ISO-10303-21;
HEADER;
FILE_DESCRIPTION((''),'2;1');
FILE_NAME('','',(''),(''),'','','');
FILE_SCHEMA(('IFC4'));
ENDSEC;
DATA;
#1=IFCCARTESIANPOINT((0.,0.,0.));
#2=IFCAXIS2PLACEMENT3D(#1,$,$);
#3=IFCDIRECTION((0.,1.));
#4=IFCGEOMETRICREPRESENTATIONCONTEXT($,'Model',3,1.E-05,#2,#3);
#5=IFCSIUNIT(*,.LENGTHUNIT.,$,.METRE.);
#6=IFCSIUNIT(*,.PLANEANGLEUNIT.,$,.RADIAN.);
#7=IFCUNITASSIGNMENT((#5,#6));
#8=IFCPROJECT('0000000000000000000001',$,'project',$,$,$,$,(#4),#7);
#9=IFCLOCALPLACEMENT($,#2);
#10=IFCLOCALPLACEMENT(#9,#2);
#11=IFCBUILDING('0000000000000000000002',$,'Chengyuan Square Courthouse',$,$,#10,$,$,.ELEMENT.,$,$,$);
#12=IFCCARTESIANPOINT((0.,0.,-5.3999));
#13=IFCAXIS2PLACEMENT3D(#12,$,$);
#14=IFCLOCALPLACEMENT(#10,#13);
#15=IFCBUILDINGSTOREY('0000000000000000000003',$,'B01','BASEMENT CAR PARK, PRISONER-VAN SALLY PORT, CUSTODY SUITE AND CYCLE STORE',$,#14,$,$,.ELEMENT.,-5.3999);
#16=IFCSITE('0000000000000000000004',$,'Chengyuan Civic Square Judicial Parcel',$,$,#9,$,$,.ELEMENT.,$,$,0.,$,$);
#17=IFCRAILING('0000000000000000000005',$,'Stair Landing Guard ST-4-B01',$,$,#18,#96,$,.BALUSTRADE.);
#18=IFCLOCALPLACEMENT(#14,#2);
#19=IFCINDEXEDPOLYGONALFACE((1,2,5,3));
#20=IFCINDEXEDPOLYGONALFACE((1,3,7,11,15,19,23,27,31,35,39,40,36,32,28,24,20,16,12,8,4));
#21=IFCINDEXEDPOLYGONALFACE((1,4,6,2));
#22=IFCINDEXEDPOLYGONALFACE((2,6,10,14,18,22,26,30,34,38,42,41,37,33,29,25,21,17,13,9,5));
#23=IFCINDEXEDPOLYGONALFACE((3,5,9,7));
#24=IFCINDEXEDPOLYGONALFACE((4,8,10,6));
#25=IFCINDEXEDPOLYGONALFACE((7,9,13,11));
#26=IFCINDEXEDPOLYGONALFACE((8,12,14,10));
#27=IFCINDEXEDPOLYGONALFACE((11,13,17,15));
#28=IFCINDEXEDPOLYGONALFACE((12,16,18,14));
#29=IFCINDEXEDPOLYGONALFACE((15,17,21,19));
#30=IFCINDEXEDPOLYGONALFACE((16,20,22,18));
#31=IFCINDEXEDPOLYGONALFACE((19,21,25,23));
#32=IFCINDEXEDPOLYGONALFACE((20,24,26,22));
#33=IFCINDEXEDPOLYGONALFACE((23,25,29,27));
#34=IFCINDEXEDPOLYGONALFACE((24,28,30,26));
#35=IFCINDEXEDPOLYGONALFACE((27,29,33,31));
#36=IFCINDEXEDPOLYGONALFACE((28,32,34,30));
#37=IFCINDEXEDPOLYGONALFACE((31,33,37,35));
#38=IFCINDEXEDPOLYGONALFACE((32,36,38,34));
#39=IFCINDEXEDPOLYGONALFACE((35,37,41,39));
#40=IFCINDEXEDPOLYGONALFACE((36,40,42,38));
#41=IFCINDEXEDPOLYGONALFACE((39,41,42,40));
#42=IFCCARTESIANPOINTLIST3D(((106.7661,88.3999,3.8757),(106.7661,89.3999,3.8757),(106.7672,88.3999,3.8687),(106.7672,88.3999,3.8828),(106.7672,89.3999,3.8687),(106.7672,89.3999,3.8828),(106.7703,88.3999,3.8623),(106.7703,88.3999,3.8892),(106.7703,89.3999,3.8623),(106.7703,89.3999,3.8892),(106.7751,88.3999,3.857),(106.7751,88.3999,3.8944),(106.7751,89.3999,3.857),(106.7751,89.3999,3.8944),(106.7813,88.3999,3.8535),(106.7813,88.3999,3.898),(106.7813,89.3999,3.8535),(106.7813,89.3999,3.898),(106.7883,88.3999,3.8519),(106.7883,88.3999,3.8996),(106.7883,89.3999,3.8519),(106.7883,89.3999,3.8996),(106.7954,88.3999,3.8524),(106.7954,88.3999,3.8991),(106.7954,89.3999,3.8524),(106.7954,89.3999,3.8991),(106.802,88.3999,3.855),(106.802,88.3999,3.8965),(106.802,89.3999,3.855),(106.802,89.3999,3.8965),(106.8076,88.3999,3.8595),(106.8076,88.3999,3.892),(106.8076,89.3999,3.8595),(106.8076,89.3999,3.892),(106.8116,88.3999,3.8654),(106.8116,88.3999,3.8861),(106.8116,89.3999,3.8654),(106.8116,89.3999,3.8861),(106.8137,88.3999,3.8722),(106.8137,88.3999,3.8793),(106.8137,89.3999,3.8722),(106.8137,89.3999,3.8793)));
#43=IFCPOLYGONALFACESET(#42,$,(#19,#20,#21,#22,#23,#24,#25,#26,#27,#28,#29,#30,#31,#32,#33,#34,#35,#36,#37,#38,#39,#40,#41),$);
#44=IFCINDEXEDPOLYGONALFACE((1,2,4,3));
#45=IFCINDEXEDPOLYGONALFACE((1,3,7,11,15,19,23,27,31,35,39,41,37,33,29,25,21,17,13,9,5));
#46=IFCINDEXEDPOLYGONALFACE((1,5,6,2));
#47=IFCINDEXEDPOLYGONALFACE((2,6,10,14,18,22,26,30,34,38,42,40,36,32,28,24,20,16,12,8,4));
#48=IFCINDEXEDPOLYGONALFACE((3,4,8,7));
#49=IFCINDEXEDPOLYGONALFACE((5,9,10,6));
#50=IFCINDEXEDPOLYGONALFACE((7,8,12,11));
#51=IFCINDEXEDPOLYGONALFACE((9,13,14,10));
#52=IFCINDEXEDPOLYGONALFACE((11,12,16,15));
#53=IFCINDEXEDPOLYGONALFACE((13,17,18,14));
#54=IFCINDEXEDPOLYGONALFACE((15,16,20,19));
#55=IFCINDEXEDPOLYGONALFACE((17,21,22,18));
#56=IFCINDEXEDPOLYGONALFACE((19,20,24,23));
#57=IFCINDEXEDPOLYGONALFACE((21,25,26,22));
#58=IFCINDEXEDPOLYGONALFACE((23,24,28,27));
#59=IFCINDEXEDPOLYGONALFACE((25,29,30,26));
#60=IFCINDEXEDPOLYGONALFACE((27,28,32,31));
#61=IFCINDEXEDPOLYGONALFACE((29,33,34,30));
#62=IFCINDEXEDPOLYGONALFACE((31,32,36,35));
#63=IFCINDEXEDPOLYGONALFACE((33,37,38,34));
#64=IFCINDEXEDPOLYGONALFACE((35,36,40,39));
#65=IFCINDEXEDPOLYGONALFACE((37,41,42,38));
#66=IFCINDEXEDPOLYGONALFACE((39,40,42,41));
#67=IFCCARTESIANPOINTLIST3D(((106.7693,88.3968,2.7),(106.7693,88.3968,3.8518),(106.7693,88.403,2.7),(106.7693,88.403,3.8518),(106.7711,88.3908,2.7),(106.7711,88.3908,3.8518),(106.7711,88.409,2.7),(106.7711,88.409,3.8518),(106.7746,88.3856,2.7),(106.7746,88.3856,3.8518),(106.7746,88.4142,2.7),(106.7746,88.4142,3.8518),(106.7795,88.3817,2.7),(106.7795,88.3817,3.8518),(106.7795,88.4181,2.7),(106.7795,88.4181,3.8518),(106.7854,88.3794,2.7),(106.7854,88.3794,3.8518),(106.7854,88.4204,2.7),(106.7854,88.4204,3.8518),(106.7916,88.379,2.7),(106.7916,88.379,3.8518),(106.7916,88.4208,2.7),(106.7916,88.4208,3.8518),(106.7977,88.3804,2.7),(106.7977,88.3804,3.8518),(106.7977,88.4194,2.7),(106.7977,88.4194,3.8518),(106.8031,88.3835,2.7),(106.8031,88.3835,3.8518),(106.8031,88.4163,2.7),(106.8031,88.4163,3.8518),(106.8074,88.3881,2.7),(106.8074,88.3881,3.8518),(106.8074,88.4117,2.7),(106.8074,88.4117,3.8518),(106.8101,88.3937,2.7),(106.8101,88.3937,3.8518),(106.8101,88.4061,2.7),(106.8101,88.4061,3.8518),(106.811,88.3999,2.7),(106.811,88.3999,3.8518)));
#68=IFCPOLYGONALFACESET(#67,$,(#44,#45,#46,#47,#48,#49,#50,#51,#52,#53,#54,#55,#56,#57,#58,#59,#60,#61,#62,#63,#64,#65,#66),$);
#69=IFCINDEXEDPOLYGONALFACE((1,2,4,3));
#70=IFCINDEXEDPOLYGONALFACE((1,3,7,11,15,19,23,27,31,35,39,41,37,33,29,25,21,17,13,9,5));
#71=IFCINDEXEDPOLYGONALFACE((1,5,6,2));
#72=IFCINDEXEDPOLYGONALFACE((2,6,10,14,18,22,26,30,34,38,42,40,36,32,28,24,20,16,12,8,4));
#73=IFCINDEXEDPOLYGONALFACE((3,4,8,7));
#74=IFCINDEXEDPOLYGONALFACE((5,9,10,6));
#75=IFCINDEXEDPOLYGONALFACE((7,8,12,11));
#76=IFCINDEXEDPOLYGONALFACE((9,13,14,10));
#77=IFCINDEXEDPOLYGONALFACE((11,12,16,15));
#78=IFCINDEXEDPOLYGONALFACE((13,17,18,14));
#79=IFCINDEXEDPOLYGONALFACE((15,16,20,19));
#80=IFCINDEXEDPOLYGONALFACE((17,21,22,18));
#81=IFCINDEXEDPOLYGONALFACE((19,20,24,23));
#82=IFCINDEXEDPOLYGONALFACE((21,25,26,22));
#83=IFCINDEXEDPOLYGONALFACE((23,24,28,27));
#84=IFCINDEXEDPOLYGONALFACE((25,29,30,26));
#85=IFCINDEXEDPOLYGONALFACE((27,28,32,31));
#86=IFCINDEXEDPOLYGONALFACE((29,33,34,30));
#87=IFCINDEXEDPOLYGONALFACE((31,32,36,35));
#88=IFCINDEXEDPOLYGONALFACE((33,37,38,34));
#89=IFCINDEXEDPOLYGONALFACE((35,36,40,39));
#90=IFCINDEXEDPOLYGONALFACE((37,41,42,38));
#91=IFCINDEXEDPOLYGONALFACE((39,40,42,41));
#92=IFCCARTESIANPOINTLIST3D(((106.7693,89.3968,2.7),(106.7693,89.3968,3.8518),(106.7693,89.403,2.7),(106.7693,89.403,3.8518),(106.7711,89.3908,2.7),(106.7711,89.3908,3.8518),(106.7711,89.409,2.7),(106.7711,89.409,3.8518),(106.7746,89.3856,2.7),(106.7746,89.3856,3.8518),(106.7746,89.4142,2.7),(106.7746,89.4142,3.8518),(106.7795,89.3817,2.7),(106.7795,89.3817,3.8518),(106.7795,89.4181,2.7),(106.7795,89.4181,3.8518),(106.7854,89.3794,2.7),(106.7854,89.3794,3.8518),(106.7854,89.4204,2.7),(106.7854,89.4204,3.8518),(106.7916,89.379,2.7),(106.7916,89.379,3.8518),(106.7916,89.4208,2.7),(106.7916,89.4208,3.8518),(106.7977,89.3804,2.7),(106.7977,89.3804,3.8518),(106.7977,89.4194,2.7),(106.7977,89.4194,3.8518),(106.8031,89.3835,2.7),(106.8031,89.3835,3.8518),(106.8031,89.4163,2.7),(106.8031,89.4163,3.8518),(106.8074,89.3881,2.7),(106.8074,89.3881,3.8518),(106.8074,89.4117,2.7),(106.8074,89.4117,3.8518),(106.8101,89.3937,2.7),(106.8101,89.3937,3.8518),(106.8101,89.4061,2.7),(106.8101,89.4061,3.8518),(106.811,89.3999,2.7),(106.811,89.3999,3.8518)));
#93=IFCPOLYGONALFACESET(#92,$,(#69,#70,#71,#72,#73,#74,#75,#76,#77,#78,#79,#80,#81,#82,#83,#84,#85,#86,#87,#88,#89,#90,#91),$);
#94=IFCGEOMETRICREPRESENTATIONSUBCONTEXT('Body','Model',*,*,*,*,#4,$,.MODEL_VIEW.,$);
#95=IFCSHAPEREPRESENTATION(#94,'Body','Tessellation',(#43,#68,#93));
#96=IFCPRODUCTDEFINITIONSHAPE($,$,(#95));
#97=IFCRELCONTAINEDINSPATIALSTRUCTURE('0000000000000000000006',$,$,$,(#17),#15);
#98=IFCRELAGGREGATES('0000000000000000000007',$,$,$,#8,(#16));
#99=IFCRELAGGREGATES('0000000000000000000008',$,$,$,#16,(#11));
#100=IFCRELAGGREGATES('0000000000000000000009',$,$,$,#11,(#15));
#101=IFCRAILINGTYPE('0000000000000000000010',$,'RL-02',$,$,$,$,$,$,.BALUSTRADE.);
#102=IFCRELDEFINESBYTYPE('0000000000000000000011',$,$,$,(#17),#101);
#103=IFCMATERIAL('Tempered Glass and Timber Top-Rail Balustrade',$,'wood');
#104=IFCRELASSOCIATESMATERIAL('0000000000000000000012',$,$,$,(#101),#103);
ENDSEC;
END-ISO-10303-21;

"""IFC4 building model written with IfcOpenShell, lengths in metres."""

from ifc_helpers import new_model, si_unit, direction, frame, origin, origin_2d, place, context, subcontext, project, spatial, circle, extrude, material, type_object, element, save


model = new_model("IFC4")

# Units and contexts
model_context = context("Model", 3, precision=1e-05, world=origin(), true_north=direction((0.0, 1.0)))
body_context = subcontext(model_context, "Body", "Model", "MODEL_VIEW")
ifc_project = project(units=[si_unit("LENGTHUNIT", "METRE"), si_unit("PLANEANGLEUNIT", "RADIAN")], contexts=[model_context])

# Site, building, storey
site_placement = place(None, origin())
site = spatial("IfcSite", under=ifc_project, at=site_placement, Name="Chengyuan Civic Square Judicial Parcel", CompositionType="ELEMENT", RefElevation=0.0)
building_placement = place(site_placement, origin())
building = spatial("IfcBuilding", under=site, at=building_placement, Name="Chengyuan Square Courthouse", CompositionType="ELEMENT")
storey_placement = place(building_placement, frame((0.0, 0.0, -5.3999)))
storey = spatial("IfcBuildingStorey", under=building, at=storey_placement, Name="B01", Description="BASEMENT CAR PARK, PRISONER-VAN SALLY PORT, CUSTODY SUITE AND CYCLE STORE", CompositionType="ELEMENT", Elevation=-5.3999)

# Railing
ifc_material_1 = material(Name="Tempered Glass and Timber Top-Rail Balustrade", Category="wood")
railing_type_1 = type_object("IfcRailingType", Name="RL-02", PredefinedType="BALUSTRADE", material=ifc_material_1)
for number, where, name in (
    (1, (106.79, 88.3999, 2.7), "Stair Landing Guard ST-4-B01"),
):
    element("IfcRailing", number, at=place(storey_placement, frame(where)), inside=storey, type_object=railing_type_1, Name=name, PredefinedType="BALUSTRADE", context=body_context, shape_type="SweptSolid", body=[
        extrude(circle(Radius=0.0239, at=origin_2d()), frame((0.0, 0.0, 1.1758), z_axis=(0.0, 1.0, 0.0), x_axis=(-1.0, 0.0, 0.0)), (0.0, 0.0, 1.0), 1.0),
        extrude(circle(Radius=0.021, at=origin_2d()), origin(), (0.0, 0.0, 1.0), 1.1519),
        extrude(circle(Radius=0.021, at=origin_2d()), frame((0.0, 1.0, 0.0)), (0.0, 0.0, 1.0), 1.1519),
    ])

save(model, "model.ifc")
